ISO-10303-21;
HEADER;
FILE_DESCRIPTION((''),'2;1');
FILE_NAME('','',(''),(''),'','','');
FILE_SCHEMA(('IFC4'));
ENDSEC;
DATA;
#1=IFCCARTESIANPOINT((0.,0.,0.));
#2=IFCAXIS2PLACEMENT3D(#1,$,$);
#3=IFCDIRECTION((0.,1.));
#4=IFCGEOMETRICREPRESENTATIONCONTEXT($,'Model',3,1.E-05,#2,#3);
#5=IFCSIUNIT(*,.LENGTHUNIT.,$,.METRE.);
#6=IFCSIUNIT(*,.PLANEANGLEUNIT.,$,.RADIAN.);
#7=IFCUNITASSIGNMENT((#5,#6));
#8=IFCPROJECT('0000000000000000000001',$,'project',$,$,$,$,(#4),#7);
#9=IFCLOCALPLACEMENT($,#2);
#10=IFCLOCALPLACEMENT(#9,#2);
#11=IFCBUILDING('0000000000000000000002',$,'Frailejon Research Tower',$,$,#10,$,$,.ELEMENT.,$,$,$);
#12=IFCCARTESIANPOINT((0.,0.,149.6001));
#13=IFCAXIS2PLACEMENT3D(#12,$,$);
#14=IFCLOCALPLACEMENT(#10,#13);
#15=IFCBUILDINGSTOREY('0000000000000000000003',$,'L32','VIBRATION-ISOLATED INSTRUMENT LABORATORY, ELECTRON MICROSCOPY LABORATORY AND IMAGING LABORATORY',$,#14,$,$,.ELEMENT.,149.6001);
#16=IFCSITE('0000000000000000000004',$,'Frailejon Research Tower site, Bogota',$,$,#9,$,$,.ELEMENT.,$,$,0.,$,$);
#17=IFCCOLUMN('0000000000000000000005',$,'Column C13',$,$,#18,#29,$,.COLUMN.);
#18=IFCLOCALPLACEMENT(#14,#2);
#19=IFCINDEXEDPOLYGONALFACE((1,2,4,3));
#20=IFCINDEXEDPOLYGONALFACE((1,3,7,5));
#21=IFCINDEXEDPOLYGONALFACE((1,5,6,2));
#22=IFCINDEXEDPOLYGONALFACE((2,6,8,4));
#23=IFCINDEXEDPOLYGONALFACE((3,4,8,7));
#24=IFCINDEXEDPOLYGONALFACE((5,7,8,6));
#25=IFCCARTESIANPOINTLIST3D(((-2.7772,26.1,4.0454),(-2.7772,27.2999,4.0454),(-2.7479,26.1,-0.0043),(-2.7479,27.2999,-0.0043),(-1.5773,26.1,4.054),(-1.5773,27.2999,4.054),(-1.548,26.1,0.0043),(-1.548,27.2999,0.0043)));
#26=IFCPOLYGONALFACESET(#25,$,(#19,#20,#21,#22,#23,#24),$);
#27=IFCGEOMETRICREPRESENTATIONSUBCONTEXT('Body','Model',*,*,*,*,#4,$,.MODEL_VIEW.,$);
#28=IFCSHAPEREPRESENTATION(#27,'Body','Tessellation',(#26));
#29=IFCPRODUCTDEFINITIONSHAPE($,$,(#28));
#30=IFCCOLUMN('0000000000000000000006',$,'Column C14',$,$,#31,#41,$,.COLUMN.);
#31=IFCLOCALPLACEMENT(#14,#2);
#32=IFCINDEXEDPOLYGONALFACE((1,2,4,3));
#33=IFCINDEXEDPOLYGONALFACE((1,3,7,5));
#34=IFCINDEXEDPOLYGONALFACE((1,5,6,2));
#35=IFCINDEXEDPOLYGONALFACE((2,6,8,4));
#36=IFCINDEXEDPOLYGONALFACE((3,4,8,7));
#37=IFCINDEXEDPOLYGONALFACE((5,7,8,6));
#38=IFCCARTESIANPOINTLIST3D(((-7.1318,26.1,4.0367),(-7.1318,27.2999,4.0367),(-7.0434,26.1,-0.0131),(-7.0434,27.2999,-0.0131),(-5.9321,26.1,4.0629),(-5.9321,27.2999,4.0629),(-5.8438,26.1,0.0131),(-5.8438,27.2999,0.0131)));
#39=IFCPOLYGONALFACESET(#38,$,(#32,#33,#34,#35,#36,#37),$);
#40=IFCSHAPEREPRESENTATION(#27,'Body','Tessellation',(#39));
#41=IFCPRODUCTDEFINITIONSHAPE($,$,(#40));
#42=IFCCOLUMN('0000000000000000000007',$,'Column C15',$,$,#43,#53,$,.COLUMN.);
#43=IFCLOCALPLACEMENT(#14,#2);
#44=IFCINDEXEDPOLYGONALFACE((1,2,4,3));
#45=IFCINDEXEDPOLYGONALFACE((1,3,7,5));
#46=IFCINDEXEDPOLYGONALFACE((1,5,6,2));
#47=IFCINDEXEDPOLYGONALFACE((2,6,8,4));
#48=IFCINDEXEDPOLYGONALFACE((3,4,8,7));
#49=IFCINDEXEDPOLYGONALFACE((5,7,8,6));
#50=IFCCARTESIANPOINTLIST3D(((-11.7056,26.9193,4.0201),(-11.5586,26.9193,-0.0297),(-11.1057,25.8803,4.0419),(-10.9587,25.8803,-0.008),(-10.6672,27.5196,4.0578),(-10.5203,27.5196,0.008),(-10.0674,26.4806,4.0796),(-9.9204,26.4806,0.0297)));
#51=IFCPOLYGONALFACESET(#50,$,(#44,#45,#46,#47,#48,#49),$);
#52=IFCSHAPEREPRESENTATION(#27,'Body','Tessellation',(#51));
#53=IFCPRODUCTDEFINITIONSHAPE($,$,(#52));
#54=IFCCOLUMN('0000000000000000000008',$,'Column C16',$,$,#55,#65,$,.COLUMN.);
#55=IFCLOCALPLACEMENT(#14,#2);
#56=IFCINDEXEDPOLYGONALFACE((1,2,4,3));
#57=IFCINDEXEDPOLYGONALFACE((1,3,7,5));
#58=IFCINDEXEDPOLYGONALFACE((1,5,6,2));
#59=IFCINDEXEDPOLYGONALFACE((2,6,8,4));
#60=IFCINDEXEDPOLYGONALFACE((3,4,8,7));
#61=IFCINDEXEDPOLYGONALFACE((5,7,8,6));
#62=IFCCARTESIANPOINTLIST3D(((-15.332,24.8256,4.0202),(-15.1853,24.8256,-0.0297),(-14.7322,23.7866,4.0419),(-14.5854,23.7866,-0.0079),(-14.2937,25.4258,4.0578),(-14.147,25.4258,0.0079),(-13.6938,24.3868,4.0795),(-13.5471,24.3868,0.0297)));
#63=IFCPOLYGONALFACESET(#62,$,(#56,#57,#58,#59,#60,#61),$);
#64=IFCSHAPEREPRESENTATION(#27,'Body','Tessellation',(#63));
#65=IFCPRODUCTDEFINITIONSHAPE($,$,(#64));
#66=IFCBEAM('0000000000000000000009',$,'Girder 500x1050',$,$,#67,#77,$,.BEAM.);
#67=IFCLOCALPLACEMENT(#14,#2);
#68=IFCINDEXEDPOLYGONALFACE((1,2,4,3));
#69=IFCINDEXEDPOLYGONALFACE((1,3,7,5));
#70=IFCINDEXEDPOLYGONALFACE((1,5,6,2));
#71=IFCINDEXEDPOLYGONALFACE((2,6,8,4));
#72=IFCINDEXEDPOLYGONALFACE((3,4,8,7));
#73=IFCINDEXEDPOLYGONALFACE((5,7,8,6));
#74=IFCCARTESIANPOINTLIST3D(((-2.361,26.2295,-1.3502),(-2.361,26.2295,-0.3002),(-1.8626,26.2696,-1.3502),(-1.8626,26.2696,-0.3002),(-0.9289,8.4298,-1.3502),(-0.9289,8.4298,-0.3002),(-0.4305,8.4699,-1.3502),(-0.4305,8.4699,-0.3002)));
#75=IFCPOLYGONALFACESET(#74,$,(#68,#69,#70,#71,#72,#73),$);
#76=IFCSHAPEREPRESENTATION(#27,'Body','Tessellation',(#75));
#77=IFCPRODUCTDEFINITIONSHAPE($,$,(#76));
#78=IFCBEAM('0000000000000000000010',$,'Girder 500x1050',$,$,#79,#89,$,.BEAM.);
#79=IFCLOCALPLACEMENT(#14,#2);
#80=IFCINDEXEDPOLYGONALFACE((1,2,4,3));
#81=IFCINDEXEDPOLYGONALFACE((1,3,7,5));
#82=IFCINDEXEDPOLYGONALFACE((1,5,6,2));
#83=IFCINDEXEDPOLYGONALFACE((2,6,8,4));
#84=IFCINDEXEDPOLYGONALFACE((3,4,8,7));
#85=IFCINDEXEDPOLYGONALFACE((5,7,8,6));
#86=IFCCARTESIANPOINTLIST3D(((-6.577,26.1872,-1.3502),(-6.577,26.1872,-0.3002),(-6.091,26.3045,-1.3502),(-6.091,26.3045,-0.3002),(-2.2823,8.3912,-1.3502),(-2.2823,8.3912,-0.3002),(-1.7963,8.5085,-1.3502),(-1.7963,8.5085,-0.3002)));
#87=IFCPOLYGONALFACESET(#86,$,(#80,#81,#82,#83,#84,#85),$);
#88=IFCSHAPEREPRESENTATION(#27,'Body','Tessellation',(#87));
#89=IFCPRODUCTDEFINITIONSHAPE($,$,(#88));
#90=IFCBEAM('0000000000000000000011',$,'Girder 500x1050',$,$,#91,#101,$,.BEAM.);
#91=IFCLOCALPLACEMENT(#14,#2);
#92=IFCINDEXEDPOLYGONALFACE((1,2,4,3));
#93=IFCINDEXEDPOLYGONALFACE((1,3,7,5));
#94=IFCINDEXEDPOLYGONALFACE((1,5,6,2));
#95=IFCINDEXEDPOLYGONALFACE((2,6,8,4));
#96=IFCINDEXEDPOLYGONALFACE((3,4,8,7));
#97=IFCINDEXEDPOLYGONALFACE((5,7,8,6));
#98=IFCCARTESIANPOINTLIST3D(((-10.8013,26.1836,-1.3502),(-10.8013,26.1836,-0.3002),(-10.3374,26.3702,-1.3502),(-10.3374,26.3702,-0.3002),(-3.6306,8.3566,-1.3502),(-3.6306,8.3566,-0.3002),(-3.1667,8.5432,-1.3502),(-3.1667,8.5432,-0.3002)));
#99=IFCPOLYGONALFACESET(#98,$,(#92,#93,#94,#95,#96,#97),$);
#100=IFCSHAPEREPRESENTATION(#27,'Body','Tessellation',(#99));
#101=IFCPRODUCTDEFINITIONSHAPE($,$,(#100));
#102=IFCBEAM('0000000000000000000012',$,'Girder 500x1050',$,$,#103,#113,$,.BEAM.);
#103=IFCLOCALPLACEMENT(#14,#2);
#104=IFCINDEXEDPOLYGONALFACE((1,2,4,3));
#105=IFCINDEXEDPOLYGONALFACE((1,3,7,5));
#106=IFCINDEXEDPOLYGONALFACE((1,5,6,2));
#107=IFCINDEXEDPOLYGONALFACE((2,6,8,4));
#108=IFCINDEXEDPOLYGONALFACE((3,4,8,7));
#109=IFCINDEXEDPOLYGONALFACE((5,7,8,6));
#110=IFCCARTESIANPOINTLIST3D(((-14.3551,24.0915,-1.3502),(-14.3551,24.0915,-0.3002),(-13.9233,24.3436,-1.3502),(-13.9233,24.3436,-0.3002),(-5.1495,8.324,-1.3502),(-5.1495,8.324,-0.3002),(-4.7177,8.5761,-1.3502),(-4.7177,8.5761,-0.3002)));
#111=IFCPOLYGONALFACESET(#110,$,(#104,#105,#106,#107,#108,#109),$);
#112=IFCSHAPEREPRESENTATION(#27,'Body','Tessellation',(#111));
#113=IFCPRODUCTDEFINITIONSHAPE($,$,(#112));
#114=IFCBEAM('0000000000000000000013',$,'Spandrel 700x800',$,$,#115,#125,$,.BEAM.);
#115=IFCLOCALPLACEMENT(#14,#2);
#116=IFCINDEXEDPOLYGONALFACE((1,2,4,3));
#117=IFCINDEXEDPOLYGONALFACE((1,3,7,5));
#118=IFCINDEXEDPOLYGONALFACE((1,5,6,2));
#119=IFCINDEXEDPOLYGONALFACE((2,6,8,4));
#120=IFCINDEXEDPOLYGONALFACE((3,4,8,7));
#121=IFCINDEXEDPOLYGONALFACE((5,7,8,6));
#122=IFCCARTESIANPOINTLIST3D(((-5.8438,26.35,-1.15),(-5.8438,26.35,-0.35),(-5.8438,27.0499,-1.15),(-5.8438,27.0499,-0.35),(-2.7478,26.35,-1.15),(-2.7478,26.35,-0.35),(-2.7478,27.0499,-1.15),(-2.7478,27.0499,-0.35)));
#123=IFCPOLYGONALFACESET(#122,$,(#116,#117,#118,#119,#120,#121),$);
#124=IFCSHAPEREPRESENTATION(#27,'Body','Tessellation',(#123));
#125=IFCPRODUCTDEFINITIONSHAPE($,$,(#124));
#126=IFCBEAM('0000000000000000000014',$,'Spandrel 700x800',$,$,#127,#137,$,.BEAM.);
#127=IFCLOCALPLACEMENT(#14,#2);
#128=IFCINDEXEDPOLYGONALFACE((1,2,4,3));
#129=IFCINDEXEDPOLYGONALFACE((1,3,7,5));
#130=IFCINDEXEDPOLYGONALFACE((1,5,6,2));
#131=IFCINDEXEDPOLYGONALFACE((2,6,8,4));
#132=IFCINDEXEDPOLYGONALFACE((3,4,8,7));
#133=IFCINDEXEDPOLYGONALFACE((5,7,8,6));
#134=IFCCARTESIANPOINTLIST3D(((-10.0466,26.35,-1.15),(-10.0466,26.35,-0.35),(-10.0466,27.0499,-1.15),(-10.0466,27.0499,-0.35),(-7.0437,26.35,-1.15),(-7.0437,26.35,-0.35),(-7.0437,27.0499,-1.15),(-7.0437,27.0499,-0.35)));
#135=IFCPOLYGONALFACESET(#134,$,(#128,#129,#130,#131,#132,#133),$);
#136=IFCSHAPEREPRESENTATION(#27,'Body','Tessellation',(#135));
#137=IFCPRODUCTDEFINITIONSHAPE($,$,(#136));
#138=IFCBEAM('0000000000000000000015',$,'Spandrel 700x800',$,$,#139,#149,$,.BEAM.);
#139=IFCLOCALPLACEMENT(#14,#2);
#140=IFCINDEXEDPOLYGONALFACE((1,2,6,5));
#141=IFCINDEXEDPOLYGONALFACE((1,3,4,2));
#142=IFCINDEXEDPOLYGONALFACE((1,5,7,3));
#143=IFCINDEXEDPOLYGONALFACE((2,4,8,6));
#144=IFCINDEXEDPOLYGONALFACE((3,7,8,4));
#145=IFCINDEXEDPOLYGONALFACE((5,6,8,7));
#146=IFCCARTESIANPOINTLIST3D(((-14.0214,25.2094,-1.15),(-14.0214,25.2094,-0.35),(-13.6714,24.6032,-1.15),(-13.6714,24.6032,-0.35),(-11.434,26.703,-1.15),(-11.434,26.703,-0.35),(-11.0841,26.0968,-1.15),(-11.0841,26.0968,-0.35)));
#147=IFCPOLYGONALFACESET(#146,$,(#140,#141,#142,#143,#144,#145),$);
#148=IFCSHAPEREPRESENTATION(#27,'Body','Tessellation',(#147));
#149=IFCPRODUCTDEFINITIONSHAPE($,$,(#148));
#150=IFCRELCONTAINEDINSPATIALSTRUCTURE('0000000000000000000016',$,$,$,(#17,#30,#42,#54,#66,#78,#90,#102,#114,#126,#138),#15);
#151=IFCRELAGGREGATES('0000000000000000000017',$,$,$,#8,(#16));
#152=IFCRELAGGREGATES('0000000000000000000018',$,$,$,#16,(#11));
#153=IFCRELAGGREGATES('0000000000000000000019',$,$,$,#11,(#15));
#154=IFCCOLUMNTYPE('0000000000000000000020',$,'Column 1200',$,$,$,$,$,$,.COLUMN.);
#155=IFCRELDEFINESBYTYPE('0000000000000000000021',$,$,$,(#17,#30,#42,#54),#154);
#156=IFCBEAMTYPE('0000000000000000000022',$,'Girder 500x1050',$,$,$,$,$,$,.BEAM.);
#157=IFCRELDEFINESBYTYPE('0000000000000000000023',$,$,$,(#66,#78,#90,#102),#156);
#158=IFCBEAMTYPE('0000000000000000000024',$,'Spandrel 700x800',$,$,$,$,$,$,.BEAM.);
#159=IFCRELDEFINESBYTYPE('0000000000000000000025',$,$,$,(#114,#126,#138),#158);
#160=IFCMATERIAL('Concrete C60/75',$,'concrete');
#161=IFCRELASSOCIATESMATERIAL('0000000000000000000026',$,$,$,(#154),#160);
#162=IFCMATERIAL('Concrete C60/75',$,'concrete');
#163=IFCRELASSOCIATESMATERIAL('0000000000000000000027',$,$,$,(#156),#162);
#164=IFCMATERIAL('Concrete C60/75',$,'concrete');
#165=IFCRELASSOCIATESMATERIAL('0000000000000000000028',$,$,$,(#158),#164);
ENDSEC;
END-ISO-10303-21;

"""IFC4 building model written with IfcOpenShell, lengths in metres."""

from ifc_helpers import new_model, si_unit, direction, frame, origin, origin_2d, place, context, subcontext, project, spatial, rectangle, extrude, material, material_profile, profile_set, type_object, element, save


model = new_model("IFC4")

# Units and contexts
model_context = context("Model", 3, precision=1e-05, world=origin(), true_north=direction((0.0, 1.0)))
body_context = subcontext(model_context, "Body", "Model", "MODEL_VIEW")
ifc_project = project(units=[si_unit("LENGTHUNIT", "METRE"), si_unit("PLANEANGLEUNIT", "RADIAN")], contexts=[model_context])

# Site, building, storey
site_placement = place(None, origin())
site = spatial("IfcSite", under=ifc_project, at=site_placement, Name="Frailejon Research Tower site, Bogota", CompositionType="ELEMENT", RefElevation=0.0)
building_placement = place(site_placement, origin())
building = spatial("IfcBuilding", under=site, at=building_placement, Name="Frailejon Research Tower", CompositionType="ELEMENT")
storey_placement = place(building_placement, frame((0.0, 0.0, 149.6001)))
storey = spatial("IfcBuildingStorey", under=building, at=storey_placement, Name="L32", Description="VIBRATION-ISOLATED INSTRUMENT LABORATORY, ELECTRON MICROSCOPY LABORATORY AND IMAGING LABORATORY", CompositionType="ELEMENT", Elevation=149.6001)

# Columns
ifc_material_1 = material(Name="Concrete C60/75", Category="concrete")
ifc_material_profile_1 = material_profile(ifc_material_1, rectangle(XDim=1.2, YDim=1.2, at=origin_2d()), Name="Column 1200")
ifc_profile_set_1 = profile_set([ifc_material_profile_1], Name="Concrete C60/75")
column_type = type_object("IfcColumnType", Name="Column 1200", PredefinedType="COLUMN", material=ifc_profile_set_1)
column_1_placement = place(storey_placement, frame((-2.1479, 26.7, 0.0), z_axis=(-0.007234, 0.0, 0.999974), x_axis=(-0.999974, 0.0, -0.007234)))
element("IfcColumn", 1, at=column_1_placement, inside=storey, type_object=column_type, Name="Column C13", PredefinedType="COLUMN", context=body_context, shape_type="SweptSolid", body=[
    extrude(rectangle(XDim=1.2, YDim=1.2, at=origin_2d()), origin(), (0.0, 0.0, 1.0), 4.0498),
])
column_2_placement = place(storey_placement, frame((-6.4436, 26.7, 0.0), z_axis=(-0.021818, 0.0, 0.999762), x_axis=(-0.999762, 0.0, -0.021818)))
element("IfcColumn", 2, at=column_2_placement, inside=storey, type_object=column_type, Name="Column C14", PredefinedType="COLUMN", context=body_context, shape_type="SweptSolid", body=[
    extrude(rectangle(XDim=1.2, YDim=1.2, at=origin_2d()), origin(), (0.0, 0.0, 1.0), 4.0508),
])
for number, where, z_axis, x_axis, name in (
    (3, (-10.7395, 26.7, 0.0), (-0.036267, 0.0, 0.999342), (-0.865313, -0.500246, -0.031403), "Column C15"),
    (4, (-14.3662, 24.6062, 0.0), (-0.036207, 0.0, 0.999344), (-0.865315, -0.500246, -0.031351), "Column C16"),
):
    element("IfcColumn", number, at=place(storey_placement, frame(where, z_axis=z_axis, x_axis=x_axis)), inside=storey, type_object=column_type, Name=name, PredefinedType="COLUMN", context=body_context, shape_type="SweptSolid", body=[
        extrude(rectangle(XDim=1.2, YDim=1.2, at=origin_2d()), origin(), (0.0, 0.0, 1.0), 4.0525),
    ])

# Beams
ifc_material_2 = material(Name="Concrete C60/75", Category="concrete")
ifc_material_profile_2 = material_profile(ifc_material_2, rectangle(XDim=0.5, YDim=1.05, at=origin_2d()), Name="Girder 500x1050")
ifc_profile_set_2 = profile_set([ifc_material_profile_2], Name="Concrete C60/75")
beam_type_1 = type_object("IfcBeamType", Name="Girder 500x1050", PredefinedType="BEAM", material=ifc_profile_set_2)
beam_1_placement = place(storey_placement, frame((-2.1118, 26.2495, -0.8252), z_axis=(0.080199, -0.996779, 0.0), x_axis=(0.996779, 0.080199, 0.0)))
element("IfcBeam", 5, at=beam_1_placement, inside=storey, type_object=beam_type_1, Name="Girder 500x1050", PredefinedType="BEAM", context=body_context, shape_type="SweptSolid", body=[
    extrude(rectangle(XDim=0.5, YDim=1.05, at=origin_2d()), origin(), (0.0, 0.0, 1.0), 17.8572),
])
beam_2_placement = place(storey_placement, frame((-6.334, 26.2458, -0.8252), z_axis=(0.234595, -0.972093, 0.0), x_axis=(0.972093, 0.234595, 0.0)))
element("IfcBeam", 6, at=beam_2_placement, inside=storey, type_object=beam_type_1, Name="Girder 500x1050", PredefinedType="BEAM", context=body_context, shape_type="SweptSolid", body=[
    extrude(rectangle(XDim=0.5, YDim=1.05, at=origin_2d()), origin(), (0.0, 0.0, 1.0), 18.3069),
])
beam_3_placement = place(storey_placement, frame((-10.5693, 26.2769, -0.8252), z_axis=(0.37318, -0.927759, 0.0), x_axis=(0.927759, 0.37318, 0.0)))
element("IfcBeam", 7, at=beam_3_placement, inside=storey, type_object=beam_type_1, Name="Girder 500x1050", PredefinedType="BEAM", context=body_context, shape_type="SweptSolid", body=[
    extrude(rectangle(XDim=0.5, YDim=1.05, at=origin_2d()), origin(), (0.0, 0.0, 1.0), 19.2151),
])
beam_4_placement = place(storey_placement, frame((-14.1392, 24.2175, -0.8252), z_axis=(0.50419, -0.863593, 0.0), x_axis=(0.863593, 0.50419, 0.0)))
element("IfcBeam", 8, at=beam_4_placement, inside=storey, type_object=beam_type_1, Name="Girder 500x1050", PredefinedType="BEAM", context=body_context, shape_type="SweptSolid", body=[
    extrude(rectangle(XDim=0.5, YDim=1.05, at=origin_2d()), origin(), (0.0, 0.0, 1.0), 18.2581),
])
ifc_material_3 = material(Name="Concrete C60/75", Category="concrete")
ifc_material_profile_3 = material_profile(ifc_material_3, rectangle(XDim=0.7, YDim=0.8, at=origin_2d()), Name="Spandrel 700x800")
ifc_profile_set_3 = profile_set([ifc_material_profile_3], Name="Concrete C60/75")
beam_type_2 = type_object("IfcBeamType", Name="Spandrel 700x800", PredefinedType="BEAM", material=ifc_profile_set_3)
beam_5_placement = place(storey_placement, frame((-2.7478, 26.7, -0.75), z_axis=(-1.0, 0.0, 0.0), x_axis=(0.0, -1.0, 0.0)))
element("IfcBeam", 9, at=beam_5_placement, inside=storey, type_object=beam_type_2, Name="Spandrel 700x800", PredefinedType="BEAM", context=body_context, shape_type="SweptSolid", body=[
    extrude(rectangle(XDim=0.7, YDim=0.8, at=origin_2d()), origin(), (0.0, 0.0, 1.0), 3.0959),
])
beam_6_placement = place(storey_placement, frame((-7.0437, 26.7, -0.75), z_axis=(-1.0, 0.0, 0.0), x_axis=(0.0, -1.0, 0.0)))
element("IfcBeam", 10, at=beam_6_placement, inside=storey, type_object=beam_type_2, Name="Spandrel 700x800", PredefinedType="BEAM", context=body_context, shape_type="SweptSolid", body=[
    extrude(rectangle(XDim=0.7, YDim=0.8, at=origin_2d()), origin(), (0.0, 0.0, 1.0), 3.0029),
])
beam_7_placement = place(storey_placement, frame((-11.259, 26.3999, -0.75), z_axis=(-0.866052, -0.499954, 0.0), x_axis=(0.499954, -0.866052, 0.0)))
element("IfcBeam", 11, at=beam_7_placement, inside=storey, type_object=beam_type_2, Name="Spandrel 700x800", PredefinedType="BEAM", context=body_context, shape_type="SweptSolid", body=[
    extrude(rectangle(XDim=0.7, YDim=0.8, at=origin_2d()), origin(), (0.0, 0.0, 1.0), 2.9875),
])

save(model, "model.ifc")
